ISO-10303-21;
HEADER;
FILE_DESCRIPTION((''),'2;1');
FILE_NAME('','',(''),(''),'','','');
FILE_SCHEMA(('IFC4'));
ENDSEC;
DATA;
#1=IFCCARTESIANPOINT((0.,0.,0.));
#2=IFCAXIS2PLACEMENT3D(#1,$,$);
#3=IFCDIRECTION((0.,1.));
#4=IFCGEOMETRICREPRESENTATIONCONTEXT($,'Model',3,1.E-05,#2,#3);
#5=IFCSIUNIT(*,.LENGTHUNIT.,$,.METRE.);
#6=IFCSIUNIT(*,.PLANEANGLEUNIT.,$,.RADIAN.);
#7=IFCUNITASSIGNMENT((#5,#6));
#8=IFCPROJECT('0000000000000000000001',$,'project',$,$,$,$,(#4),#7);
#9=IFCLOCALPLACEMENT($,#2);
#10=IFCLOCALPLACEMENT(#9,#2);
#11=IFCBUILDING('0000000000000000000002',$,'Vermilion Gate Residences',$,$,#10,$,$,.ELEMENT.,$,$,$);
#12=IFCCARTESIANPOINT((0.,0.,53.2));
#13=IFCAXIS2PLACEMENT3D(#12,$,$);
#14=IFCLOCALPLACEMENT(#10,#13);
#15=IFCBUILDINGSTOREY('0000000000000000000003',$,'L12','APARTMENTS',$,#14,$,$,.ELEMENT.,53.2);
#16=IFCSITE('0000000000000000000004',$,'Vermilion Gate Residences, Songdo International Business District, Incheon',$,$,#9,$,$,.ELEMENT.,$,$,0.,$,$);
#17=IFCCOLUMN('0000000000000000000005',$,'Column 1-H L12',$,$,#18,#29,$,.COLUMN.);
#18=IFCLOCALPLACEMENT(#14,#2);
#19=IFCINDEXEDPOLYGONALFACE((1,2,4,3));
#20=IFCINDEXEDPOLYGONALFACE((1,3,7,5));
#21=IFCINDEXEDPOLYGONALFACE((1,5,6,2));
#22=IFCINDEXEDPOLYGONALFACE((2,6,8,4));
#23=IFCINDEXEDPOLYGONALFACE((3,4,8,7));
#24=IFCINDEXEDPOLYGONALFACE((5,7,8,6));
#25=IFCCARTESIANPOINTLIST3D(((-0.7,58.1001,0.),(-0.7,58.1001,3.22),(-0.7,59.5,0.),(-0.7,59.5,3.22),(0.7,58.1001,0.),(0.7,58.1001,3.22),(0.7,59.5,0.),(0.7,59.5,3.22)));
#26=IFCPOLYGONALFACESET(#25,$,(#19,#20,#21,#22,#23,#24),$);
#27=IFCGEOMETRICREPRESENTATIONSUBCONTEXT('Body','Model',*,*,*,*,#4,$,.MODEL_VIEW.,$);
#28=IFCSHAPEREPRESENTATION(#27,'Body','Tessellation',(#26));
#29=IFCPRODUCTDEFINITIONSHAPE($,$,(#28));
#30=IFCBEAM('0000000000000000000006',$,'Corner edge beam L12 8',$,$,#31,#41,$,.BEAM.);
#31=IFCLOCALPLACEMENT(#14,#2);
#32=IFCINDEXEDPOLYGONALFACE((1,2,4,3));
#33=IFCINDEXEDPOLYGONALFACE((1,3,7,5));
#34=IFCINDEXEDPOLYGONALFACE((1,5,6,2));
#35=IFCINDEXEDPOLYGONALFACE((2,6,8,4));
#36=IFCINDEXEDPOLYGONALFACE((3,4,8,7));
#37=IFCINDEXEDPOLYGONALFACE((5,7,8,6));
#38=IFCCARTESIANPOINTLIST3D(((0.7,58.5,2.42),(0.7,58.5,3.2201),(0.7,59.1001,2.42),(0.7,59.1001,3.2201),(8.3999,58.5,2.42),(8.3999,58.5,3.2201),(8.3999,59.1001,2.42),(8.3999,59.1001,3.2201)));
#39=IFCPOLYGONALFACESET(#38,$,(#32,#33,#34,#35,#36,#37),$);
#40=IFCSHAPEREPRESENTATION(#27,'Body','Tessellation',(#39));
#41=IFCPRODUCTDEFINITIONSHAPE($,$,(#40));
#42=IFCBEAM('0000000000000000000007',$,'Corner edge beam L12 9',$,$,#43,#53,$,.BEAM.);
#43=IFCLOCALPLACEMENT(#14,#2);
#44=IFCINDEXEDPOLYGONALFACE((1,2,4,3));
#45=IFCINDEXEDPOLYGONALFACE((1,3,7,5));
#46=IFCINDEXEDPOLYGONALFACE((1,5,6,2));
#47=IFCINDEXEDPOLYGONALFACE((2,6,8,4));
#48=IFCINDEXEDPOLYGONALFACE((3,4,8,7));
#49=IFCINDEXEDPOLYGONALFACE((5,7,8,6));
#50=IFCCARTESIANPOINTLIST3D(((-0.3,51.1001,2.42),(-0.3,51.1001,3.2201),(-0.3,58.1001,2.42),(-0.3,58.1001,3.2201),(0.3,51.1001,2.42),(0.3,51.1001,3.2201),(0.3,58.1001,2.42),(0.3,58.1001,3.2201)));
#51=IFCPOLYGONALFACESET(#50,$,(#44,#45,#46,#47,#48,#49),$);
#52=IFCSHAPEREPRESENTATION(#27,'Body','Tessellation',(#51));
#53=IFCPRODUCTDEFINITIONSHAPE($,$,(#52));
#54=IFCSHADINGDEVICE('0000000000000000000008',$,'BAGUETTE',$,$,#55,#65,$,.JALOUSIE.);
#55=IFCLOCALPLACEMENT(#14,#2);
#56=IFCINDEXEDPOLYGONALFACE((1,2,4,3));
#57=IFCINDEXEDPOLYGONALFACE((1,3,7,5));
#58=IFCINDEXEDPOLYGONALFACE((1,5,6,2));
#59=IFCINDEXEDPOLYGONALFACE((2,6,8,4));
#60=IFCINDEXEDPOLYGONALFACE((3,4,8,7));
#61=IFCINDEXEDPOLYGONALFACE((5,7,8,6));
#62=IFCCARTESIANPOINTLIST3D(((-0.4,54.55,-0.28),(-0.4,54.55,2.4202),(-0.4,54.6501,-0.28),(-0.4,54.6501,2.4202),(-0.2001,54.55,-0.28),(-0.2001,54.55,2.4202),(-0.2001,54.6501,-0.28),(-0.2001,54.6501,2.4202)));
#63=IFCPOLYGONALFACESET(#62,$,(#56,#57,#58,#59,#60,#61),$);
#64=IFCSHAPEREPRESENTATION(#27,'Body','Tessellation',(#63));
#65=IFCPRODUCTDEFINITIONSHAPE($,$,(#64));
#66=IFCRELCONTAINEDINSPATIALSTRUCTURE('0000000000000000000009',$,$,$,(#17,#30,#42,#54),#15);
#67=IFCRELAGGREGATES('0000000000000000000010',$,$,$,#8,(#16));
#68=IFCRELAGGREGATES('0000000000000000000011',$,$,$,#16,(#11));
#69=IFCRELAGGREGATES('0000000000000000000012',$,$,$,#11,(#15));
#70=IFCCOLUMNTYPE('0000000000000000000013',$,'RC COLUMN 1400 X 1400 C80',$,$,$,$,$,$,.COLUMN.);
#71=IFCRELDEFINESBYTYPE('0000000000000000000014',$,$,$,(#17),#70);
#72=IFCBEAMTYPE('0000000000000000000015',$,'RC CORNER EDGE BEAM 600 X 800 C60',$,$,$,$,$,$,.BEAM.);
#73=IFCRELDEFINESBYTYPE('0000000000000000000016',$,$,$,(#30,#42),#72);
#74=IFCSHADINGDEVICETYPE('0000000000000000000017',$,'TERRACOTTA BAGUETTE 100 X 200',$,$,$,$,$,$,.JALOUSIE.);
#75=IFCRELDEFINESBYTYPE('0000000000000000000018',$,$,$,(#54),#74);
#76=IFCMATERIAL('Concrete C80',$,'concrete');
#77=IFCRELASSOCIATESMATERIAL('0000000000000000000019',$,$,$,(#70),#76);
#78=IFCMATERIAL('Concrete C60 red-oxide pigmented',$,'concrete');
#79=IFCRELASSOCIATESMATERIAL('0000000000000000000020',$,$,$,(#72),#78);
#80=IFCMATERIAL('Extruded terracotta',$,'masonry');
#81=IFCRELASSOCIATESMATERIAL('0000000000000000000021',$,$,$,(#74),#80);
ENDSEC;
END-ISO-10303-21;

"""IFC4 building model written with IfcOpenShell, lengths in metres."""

from ifc_helpers import new_model, si_unit, direction, frame, origin, origin_2d, place, context, subcontext, project, spatial, rectangle, extrude, material, material_profile, profile_set, type_object, element, save


model = new_model("IFC4")

# Units and contexts
model_context = context("Model", 3, precision=1e-05, world=origin(), true_north=direction((0.0, 1.0)))
body_context = subcontext(model_context, "Body", "Model", "MODEL_VIEW")
ifc_project = project(units=[si_unit("LENGTHUNIT", "METRE"), si_unit("PLANEANGLEUNIT", "RADIAN")], contexts=[model_context])

# Site, building, storey
site_placement = place(None, origin())
site = spatial("IfcSite", under=ifc_project, at=site_placement, Name="Vermilion Gate Residences, Songdo International Business District, Incheon", CompositionType="ELEMENT", RefElevation=0.0)
building_placement = place(site_placement, origin())
building = spatial("IfcBuilding", under=site, at=building_placement, Name="Vermilion Gate Residences", CompositionType="ELEMENT")
storey_placement = place(building_placement, frame((0.0, 0.0, 53.2)))
storey = spatial("IfcBuildingStorey", under=building, at=storey_placement, Name="L12", Description="APARTMENTS", CompositionType="ELEMENT", Elevation=53.2)

# Column
ifc_material_1 = material(Name="Concrete C80", Category="concrete")
ifc_material_profile_1 = material_profile(ifc_material_1, rectangle(XDim=1.3999, YDim=1.3999, at=origin_2d()), Name="RC-1400x1400")
ifc_profile_set_1 = profile_set([ifc_material_profile_1], Name="Concrete C80")
column_type = type_object("IfcColumnType", Name="RC COLUMN 1400 X 1400 C80", PredefinedType="COLUMN", material=ifc_profile_set_1)
column_placement = place(storey_placement, frame((0.0, 58.8, 0.0), z_axis=(0.0, 0.0, 1.0), x_axis=(1.0, 0.0, 0.0)))
element("IfcColumn", 1, at=column_placement, inside=storey, type_object=column_type, Name="Column 1-H L12", PredefinedType="COLUMN", context=body_context, shape_type="SweptSolid", body=[
    extrude(rectangle(XDim=1.3999, YDim=1.3999, at=origin_2d()), origin(), (0.0, 0.0, 1.0), 3.22),
])

# Beams
ifc_material_2 = material(Name="Concrete C60 red-oxide pigmented", Category="concrete")
ifc_material_profile_2 = material_profile(ifc_material_2, rectangle(XDim=0.6001, YDim=0.8, at=origin_2d()), Name="RC-600x800")
ifc_profile_set_2 = profile_set([ifc_material_profile_2], Name="Concrete C60 red-oxide pigmented")
beam_type = type_object("IfcBeamType", Name="RC CORNER EDGE BEAM 600 X 800 C60", PredefinedType="BEAM", material=ifc_profile_set_2)
beam_1_placement = place(storey_placement, frame((0.7, 58.8, 2.8201), z_axis=(1.0, 0.0, 0.0), x_axis=(0.0, 1.0, 0.0)))
element("IfcBeam", 2, at=beam_1_placement, inside=storey, type_object=beam_type, Name="Corner edge beam L12 8", PredefinedType="BEAM", context=body_context, shape_type="SweptSolid", body=[
    extrude(rectangle(XDim=0.6001, YDim=0.8, at=origin_2d()), origin(), (0.0, 0.0, 1.0), 7.7),
])
beam_2_placement = place(storey_placement, frame((0.0, 51.1001, 2.8201), z_axis=(0.0, 1.0, 0.0), x_axis=(-1.0, 0.0, 0.0)))
element("IfcBeam", 3, at=beam_2_placement, inside=storey, type_object=beam_type, Name="Corner edge beam L12 9", PredefinedType="BEAM", context=body_context, shape_type="SweptSolid", body=[
    extrude(rectangle(XDim=0.6001, YDim=0.8, at=origin_2d()), origin(), (0.0, 0.0, 1.0), 7.0),
])

# Shading device
ifc_material_3 = material(Name="Extruded terracotta", Category="masonry")
ifc_material_profile_3 = material_profile(ifc_material_3, rectangle(XDim=0.2, YDim=0.1001, at=origin_2d()), Name="BAGUETTE 100 X 200")
ifc_profile_set_3 = profile_set([ifc_material_profile_3], Name="Extruded terracotta")
shading_device_type = type_object("IfcShadingDeviceType", Name="TERRACOTTA BAGUETTE 100 X 200", PredefinedType="JALOUSIE", material=ifc_profile_set_3)
shading_device_placement = place(storey_placement, frame((-0.3, 54.6001, -0.28), z_axis=(0.0, 0.0, 1.0), x_axis=(1.0, 0.0, 0.0)))
element("IfcShadingDevice", 4, at=shading_device_placement, inside=storey, type_object=shading_device_type, Name="BAGUETTE", PredefinedType="JALOUSIE", context=body_context, shape_type="SweptSolid", body=[
    extrude(rectangle(XDim=0.2, YDim=0.1001, at=origin_2d()), origin(), (0.0, 0.0, 1.0), 2.7002),
])

save(model, "model.ifc")
